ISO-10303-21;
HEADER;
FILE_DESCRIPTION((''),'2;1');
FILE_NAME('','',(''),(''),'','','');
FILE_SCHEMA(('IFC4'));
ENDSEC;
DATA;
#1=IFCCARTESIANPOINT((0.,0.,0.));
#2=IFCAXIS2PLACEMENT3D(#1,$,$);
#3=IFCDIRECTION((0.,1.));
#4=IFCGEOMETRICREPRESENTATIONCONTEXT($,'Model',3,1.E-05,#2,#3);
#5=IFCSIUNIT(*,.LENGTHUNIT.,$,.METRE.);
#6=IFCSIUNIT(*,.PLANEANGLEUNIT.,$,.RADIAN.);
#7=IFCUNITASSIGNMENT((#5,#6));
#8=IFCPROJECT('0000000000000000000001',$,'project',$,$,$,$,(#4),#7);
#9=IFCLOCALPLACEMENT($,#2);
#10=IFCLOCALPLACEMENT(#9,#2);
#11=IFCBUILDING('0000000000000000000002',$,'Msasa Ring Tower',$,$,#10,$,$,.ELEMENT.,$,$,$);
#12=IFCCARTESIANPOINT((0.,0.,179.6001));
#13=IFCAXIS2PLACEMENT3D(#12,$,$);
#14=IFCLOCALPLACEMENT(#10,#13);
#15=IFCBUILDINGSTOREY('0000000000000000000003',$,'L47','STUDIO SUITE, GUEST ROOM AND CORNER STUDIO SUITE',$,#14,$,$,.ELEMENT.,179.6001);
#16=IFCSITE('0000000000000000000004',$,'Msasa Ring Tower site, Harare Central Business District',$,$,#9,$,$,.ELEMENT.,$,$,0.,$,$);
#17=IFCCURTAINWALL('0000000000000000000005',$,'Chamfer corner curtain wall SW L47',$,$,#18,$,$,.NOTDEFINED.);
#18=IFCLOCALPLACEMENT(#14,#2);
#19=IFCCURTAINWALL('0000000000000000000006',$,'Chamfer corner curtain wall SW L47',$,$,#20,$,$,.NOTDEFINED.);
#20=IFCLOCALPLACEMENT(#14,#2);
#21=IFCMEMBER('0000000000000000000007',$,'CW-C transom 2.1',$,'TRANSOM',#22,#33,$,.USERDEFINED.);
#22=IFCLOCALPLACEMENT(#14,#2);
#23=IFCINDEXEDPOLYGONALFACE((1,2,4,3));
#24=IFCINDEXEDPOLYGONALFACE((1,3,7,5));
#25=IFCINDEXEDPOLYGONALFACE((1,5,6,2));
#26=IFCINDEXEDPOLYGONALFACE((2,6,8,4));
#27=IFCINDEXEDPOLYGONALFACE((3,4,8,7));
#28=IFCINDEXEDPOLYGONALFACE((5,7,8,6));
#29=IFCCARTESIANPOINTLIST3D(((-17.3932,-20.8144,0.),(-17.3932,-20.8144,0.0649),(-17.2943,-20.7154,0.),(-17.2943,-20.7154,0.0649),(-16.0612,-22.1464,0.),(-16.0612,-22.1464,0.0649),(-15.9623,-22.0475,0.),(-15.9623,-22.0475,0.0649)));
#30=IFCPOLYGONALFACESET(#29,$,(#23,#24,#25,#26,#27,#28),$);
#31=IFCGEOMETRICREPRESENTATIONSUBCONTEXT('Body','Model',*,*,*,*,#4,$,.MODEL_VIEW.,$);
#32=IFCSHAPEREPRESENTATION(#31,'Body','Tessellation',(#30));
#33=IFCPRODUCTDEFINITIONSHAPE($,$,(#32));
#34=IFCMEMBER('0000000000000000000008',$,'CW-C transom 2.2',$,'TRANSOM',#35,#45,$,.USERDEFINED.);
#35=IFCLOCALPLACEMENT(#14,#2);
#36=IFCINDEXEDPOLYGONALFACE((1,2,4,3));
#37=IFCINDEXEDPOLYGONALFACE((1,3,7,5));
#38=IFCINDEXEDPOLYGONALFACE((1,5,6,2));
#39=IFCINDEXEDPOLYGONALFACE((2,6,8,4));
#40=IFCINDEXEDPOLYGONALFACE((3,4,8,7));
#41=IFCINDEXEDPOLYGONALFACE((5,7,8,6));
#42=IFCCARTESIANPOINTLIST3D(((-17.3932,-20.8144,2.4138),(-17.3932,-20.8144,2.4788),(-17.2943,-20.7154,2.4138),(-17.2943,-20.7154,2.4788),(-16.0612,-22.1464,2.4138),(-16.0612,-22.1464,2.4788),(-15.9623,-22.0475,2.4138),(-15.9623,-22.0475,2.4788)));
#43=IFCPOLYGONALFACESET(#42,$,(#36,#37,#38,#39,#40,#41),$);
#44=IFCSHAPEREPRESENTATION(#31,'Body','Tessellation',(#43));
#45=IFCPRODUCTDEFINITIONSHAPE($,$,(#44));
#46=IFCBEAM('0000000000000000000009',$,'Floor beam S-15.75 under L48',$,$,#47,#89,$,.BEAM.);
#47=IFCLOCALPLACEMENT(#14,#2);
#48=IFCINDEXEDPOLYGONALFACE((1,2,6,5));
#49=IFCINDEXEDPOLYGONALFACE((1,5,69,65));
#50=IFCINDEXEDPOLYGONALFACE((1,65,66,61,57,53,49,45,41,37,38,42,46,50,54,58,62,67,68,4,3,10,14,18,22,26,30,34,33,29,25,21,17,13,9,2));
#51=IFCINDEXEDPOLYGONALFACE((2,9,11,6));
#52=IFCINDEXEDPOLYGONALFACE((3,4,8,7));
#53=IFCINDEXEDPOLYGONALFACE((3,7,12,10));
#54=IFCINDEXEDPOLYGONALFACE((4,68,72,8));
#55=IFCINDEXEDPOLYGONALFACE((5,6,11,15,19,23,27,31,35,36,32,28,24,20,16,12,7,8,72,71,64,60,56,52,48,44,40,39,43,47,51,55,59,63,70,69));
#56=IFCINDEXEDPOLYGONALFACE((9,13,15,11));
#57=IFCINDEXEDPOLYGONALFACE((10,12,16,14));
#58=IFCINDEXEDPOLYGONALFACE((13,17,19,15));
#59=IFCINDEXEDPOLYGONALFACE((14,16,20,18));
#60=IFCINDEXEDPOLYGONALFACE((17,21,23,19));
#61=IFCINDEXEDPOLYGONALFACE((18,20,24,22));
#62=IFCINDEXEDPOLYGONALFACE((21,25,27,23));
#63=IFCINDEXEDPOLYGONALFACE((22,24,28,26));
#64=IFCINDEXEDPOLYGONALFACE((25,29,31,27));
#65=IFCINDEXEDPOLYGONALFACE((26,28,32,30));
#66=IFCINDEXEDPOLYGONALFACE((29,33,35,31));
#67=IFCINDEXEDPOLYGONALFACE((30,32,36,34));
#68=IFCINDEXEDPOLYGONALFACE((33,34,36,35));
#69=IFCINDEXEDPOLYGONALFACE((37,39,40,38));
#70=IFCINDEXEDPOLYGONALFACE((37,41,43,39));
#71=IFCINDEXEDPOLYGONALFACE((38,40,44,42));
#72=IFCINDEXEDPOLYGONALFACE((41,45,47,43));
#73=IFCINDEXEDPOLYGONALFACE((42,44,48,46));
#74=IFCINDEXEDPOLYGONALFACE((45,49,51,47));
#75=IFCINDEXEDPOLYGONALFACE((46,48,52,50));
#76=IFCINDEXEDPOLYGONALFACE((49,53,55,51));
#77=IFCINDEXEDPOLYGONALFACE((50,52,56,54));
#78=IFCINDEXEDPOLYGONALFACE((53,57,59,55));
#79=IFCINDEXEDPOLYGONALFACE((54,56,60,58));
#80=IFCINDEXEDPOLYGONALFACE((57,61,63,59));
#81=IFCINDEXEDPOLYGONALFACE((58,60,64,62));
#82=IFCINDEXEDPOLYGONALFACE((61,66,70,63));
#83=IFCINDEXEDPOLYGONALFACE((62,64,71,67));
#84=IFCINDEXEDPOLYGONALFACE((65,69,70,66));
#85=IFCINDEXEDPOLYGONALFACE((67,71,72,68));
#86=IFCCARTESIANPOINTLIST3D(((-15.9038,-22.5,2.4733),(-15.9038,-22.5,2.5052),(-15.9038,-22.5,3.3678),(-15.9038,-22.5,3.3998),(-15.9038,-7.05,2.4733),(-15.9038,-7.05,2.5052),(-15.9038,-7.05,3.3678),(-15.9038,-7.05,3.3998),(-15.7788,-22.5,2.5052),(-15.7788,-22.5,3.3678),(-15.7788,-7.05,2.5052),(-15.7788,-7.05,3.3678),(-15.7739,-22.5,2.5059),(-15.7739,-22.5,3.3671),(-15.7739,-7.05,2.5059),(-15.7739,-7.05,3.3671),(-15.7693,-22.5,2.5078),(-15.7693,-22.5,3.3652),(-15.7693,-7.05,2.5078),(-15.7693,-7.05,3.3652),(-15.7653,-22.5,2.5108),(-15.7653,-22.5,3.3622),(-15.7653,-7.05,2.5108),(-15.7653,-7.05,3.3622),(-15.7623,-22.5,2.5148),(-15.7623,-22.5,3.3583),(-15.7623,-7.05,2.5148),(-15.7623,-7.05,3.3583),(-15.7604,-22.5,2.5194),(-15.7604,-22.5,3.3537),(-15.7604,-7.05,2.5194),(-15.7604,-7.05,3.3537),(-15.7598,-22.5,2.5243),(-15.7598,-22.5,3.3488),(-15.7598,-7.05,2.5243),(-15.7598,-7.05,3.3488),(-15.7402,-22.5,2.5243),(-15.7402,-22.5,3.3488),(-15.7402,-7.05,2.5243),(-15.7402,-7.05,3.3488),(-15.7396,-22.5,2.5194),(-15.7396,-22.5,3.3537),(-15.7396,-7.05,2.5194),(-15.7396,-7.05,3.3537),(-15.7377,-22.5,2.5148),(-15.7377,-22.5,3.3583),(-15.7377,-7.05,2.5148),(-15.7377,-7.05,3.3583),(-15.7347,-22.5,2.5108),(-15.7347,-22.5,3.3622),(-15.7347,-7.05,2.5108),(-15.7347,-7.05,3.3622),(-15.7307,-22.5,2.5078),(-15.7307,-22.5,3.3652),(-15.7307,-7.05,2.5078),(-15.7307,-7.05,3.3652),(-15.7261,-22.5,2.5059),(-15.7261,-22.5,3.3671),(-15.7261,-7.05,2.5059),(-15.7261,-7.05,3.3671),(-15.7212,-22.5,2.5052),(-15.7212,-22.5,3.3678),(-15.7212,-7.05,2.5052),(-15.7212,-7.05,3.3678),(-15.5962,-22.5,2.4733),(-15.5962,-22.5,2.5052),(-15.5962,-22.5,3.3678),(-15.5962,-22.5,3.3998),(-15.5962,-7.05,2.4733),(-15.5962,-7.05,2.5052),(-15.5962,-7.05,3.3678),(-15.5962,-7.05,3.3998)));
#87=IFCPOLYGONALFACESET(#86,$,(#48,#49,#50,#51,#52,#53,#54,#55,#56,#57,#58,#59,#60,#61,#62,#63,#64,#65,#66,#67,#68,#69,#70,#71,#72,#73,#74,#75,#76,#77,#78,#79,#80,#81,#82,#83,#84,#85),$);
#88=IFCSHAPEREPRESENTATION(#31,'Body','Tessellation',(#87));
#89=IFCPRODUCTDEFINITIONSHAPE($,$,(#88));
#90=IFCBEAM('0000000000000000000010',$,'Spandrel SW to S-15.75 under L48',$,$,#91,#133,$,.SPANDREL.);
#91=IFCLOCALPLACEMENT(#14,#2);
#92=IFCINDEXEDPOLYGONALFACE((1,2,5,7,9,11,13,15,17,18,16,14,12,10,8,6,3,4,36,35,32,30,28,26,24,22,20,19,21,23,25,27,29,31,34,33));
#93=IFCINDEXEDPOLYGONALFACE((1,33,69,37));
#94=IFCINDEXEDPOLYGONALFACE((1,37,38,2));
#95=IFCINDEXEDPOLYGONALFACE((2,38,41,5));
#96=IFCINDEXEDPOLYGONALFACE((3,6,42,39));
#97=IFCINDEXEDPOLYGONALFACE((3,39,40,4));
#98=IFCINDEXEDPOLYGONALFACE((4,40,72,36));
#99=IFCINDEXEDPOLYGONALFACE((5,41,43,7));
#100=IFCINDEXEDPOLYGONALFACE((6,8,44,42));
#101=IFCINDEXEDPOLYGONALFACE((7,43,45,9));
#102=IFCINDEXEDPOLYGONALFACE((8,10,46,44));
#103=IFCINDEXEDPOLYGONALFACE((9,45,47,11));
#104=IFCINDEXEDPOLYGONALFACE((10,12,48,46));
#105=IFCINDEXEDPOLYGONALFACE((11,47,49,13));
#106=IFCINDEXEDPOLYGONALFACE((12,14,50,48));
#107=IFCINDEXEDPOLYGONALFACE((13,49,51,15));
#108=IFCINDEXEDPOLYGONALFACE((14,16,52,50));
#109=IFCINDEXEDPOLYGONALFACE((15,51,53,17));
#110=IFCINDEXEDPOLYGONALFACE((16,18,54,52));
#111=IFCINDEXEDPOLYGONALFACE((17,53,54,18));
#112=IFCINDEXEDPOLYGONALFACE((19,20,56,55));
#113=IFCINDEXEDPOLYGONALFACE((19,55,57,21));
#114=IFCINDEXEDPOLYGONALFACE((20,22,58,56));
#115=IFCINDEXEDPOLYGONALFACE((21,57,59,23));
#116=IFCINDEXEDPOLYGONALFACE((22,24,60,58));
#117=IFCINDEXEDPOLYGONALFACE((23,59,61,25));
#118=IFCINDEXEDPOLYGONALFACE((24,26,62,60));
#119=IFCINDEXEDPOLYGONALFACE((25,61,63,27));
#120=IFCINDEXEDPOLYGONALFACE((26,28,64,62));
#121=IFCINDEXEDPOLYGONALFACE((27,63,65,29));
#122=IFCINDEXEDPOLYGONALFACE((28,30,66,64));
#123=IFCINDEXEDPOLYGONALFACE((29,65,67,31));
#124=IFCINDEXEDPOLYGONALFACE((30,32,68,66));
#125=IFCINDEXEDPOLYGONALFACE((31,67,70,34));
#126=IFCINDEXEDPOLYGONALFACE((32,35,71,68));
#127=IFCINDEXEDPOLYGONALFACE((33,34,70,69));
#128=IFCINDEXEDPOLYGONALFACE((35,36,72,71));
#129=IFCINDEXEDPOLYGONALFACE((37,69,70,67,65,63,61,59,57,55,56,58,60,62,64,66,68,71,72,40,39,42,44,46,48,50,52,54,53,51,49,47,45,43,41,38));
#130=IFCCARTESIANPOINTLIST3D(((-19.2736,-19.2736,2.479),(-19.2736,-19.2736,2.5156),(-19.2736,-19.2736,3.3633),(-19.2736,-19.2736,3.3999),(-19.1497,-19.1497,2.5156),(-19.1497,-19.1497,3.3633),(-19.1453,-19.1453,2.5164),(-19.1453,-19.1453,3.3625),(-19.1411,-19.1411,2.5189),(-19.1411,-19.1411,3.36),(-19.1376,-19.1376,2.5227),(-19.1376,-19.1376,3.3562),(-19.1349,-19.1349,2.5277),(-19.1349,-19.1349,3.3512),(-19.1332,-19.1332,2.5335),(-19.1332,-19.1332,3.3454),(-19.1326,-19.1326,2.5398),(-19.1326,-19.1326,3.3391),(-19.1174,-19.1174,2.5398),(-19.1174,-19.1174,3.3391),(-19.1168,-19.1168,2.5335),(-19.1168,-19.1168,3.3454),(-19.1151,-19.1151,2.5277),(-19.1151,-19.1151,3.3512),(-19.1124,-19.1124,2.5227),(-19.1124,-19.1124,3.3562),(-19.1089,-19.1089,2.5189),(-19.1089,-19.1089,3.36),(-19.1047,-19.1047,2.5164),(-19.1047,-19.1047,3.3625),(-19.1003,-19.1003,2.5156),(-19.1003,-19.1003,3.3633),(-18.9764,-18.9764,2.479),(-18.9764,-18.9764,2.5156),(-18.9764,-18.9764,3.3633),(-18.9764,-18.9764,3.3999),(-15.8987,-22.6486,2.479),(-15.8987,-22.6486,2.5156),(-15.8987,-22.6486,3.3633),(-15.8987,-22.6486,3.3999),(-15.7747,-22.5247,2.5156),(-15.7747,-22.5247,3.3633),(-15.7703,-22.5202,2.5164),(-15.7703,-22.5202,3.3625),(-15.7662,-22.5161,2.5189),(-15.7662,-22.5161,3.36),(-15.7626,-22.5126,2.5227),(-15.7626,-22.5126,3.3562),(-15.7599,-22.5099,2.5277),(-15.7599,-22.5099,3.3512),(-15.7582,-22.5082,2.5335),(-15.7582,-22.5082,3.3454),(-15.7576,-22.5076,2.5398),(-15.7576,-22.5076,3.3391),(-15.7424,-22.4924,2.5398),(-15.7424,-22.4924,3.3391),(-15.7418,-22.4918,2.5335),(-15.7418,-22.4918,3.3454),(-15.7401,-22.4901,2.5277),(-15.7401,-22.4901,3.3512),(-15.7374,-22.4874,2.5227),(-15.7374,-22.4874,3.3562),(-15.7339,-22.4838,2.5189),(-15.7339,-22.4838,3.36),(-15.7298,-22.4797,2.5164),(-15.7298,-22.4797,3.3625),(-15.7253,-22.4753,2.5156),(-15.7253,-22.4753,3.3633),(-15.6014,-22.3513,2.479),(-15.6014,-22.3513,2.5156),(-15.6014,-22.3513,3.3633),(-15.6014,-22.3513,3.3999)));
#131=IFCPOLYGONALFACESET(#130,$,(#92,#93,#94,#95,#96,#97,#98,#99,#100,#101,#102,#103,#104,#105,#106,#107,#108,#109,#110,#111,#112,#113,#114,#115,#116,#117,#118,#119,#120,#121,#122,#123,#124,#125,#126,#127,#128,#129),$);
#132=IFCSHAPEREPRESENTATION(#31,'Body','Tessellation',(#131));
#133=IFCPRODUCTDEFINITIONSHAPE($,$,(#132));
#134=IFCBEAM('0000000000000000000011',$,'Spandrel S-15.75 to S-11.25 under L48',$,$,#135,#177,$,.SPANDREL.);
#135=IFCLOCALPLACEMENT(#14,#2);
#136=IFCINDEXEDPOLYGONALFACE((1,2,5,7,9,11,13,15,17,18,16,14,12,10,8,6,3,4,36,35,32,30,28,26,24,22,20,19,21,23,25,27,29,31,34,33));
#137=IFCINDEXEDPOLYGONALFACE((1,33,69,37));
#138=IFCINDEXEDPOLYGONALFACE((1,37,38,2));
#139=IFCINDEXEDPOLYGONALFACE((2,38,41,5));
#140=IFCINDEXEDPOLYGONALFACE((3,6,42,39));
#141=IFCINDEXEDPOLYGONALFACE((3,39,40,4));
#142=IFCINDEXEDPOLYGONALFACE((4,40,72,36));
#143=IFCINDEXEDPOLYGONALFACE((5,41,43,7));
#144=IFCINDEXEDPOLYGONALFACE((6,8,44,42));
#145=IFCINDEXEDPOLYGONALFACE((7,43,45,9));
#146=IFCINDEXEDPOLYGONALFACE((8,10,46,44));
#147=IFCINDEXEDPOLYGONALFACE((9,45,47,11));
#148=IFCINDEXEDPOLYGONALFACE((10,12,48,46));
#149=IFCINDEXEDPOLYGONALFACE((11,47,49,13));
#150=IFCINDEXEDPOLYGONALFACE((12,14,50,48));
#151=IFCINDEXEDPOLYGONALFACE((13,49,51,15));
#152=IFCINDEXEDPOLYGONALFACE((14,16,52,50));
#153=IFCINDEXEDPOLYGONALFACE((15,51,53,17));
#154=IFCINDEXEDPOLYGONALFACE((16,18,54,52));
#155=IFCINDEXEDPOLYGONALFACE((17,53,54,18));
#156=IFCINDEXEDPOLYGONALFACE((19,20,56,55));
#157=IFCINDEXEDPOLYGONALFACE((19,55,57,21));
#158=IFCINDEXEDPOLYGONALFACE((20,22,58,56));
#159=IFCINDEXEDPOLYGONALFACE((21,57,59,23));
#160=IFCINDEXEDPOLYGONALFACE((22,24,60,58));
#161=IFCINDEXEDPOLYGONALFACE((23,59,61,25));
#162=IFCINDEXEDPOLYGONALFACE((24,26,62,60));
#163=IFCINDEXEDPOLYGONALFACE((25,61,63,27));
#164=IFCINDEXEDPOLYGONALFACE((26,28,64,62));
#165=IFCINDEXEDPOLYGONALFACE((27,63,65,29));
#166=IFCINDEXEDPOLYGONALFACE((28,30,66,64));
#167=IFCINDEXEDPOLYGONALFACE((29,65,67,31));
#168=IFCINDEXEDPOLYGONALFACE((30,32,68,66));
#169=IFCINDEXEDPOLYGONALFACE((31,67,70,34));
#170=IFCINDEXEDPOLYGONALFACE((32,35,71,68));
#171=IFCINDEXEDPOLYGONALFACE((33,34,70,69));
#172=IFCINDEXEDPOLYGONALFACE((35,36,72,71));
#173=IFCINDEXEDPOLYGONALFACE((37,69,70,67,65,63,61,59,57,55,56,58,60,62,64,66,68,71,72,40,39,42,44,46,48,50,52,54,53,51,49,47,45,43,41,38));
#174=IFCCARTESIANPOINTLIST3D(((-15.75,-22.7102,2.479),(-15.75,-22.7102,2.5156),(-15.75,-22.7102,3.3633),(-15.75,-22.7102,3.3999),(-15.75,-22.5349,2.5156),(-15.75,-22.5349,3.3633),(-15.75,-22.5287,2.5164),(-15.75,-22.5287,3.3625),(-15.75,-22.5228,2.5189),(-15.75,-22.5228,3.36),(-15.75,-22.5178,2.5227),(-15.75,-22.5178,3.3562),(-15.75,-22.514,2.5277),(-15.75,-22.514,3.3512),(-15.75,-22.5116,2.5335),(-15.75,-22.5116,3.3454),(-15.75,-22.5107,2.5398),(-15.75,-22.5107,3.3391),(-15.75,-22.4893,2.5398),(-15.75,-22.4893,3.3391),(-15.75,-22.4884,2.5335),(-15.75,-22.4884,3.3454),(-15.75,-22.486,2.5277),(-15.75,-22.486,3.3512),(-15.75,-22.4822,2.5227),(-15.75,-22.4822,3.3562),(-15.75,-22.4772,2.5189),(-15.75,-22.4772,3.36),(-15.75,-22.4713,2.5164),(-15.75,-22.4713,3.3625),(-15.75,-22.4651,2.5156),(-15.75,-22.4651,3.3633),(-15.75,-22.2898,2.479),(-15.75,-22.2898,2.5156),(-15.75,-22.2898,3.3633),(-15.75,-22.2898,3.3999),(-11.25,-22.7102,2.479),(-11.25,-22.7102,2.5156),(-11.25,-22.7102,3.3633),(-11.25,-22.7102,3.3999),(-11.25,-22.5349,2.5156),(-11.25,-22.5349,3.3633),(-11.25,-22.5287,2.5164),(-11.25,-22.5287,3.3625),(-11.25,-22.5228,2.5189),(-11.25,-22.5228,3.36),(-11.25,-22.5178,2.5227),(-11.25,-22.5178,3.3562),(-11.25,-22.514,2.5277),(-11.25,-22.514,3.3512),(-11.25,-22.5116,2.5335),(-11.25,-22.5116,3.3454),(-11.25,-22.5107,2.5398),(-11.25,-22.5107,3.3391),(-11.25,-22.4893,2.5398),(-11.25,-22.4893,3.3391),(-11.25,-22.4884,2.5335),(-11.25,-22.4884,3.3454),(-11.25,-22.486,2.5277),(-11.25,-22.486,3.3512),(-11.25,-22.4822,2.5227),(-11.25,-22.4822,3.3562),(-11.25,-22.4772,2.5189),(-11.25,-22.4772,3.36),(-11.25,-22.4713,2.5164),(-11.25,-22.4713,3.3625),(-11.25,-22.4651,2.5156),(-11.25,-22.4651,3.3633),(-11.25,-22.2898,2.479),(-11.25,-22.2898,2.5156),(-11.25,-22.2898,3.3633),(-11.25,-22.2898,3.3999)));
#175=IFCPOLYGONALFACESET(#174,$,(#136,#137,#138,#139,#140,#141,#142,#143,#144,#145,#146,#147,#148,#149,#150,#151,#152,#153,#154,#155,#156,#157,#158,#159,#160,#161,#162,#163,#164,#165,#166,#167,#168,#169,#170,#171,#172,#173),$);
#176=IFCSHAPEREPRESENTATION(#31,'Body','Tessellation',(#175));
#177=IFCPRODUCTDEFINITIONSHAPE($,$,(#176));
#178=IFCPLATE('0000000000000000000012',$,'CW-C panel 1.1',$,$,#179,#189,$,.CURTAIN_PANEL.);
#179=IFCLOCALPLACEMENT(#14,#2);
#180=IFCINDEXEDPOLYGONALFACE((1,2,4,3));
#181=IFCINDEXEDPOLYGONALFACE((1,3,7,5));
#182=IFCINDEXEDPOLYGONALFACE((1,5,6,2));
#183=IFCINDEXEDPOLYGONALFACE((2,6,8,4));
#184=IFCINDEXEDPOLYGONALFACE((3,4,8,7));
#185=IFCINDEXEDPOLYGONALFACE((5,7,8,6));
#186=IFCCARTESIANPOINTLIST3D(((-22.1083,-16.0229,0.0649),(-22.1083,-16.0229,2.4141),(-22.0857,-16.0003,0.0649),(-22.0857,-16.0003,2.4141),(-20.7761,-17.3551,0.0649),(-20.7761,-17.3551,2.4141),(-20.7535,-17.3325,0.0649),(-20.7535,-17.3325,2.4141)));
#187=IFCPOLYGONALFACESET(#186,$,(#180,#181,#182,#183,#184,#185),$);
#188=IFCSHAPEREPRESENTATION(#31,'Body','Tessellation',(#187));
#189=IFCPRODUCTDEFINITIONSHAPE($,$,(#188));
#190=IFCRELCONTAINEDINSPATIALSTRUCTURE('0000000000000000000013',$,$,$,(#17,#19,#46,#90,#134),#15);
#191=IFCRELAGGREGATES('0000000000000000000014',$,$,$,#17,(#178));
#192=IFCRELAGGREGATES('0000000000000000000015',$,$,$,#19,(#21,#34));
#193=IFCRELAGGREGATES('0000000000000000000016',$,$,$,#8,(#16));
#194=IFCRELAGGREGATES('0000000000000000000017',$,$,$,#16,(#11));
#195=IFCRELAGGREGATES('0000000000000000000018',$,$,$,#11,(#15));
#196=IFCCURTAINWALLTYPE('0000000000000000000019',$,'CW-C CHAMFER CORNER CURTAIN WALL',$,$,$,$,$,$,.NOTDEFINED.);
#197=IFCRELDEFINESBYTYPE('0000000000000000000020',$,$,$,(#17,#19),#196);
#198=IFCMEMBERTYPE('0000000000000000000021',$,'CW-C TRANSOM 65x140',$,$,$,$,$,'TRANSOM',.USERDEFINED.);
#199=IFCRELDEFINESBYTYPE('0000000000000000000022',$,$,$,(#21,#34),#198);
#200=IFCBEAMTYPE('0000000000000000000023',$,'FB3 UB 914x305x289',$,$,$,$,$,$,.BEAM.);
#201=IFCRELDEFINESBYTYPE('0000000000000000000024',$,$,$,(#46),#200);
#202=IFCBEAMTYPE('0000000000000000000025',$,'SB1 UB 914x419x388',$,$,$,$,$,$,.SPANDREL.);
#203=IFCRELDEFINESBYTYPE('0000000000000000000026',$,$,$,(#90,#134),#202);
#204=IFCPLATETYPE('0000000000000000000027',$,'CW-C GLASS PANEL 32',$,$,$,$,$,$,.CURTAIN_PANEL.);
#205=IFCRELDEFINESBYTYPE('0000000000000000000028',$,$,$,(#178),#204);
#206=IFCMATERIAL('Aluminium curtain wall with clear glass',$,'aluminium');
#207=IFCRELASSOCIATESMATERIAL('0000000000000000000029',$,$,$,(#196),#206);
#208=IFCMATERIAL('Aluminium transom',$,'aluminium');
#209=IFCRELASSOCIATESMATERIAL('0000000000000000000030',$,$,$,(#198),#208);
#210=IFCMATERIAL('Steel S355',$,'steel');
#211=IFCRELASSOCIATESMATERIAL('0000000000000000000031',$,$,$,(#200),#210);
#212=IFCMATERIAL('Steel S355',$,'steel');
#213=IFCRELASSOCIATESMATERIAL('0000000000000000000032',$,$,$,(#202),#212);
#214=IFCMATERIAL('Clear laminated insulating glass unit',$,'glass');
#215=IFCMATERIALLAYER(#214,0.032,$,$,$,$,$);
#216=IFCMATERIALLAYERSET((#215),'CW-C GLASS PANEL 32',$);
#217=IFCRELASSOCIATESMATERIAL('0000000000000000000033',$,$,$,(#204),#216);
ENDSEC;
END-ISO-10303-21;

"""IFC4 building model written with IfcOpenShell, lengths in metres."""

from ifc_helpers import new_model, si_unit, direction, frame, origin, origin_2d, place, context, subcontext, project, spatial, rectangle, i_section, extrude, material, layer, layer_set, material_profile, profile_set, type_object, element, aggregate, save


model = new_model("IFC4")

# Units and contexts
model_context = context("Model", 3, precision=1e-05, world=origin(), true_north=direction((0.0, 1.0)))
body_context = subcontext(model_context, "Body", "Model", "MODEL_VIEW")
ifc_project = project(units=[si_unit("LENGTHUNIT", "METRE"), si_unit("PLANEANGLEUNIT", "RADIAN")], contexts=[model_context])

# Site, building, storey
site_placement = place(None, origin())
site = spatial("IfcSite", under=ifc_project, at=site_placement, Name="Msasa Ring Tower site, Harare Central Business District", CompositionType="ELEMENT", RefElevation=0.0)
building_placement = place(site_placement, origin())
building = spatial("IfcBuilding", under=site, at=building_placement, Name="Msasa Ring Tower", CompositionType="ELEMENT")
storey_placement = place(building_placement, frame((0.0, 0.0, 179.6001)))
storey = spatial("IfcBuildingStorey", under=building, at=storey_placement, Name="L47", Description="STUDIO SUITE, GUEST ROOM AND CORNER STUDIO SUITE", CompositionType="ELEMENT", Elevation=179.6001)

# Curtain walls
ifc_material_1 = material(Name="Aluminium curtain wall with clear glass", Category="aluminium")
curtain_wall_type = type_object("IfcCurtainWallType", Name="CW-C CHAMFER CORNER CURTAIN WALL", PredefinedType="NOTDEFINED", material=ifc_material_1)
curtain_wall_1_placement = place(storey_placement, origin())
curtain_wall_1 = element("IfcCurtainWall", 1, at=curtain_wall_1_placement, inside=storey, type_object=curtain_wall_type, Name="Chamfer corner curtain wall SW L47", PredefinedType="NOTDEFINED")
curtain_wall_2_placement = place(storey_placement, origin())
curtain_wall_2 = element("IfcCurtainWall", 2, at=curtain_wall_2_placement, inside=storey, type_object=curtain_wall_type, Name="Chamfer corner curtain wall SW L47", PredefinedType="NOTDEFINED")

# Members
ifc_material_2 = material(Name="Aluminium transom", Category="aluminium")
ifc_material_profile_1 = material_profile(ifc_material_2, rectangle(XDim=0.1399, YDim=0.0649, at=origin_2d()), Name="AL 65x140")
ifc_profile_set_1 = profile_set([ifc_material_profile_1], Name="Aluminium transom")
member_type_1 = type_object("IfcMemberType", Name="CW-C TRANSOM 65x140", ElementType="TRANSOM", PredefinedType="USERDEFINED", material=ifc_profile_set_1)
member_1_placement = place(storey_placement, frame((-17.3438, -20.7649, 0.0325), z_axis=(0.707107, -0.707107, 0.0), x_axis=(0.707107, 0.707107, 0.0)))
member_1 = element("IfcMember", 3, at=member_1_placement, type_object=member_type_1, Name="CW-C transom 2.1", ObjectType="TRANSOM", PredefinedType="USERDEFINED", context=body_context, shape_type="SweptSolid", body=[
    extrude(rectangle(XDim=0.1399, YDim=0.0649, at=origin_2d()), origin(), (0.0, 0.0, 1.0), 1.8838),
])
member_2_placement = place(storey_placement, frame((-17.3438, -20.7649, 2.4463), z_axis=(0.707107, -0.707107, 0.0), x_axis=(0.707107, 0.707107, 0.0)))
member_2 = element("IfcMember", 4, at=member_2_placement, type_object=member_type_1, Name="CW-C transom 2.2", ObjectType="TRANSOM", PredefinedType="USERDEFINED", context=body_context, shape_type="SweptSolid", body=[
    extrude(rectangle(XDim=0.1399, YDim=0.0649, at=origin_2d()), origin(), (0.0, 0.0, 1.0), 1.8838),
])

# Beams
ifc_material_3 = material(Name="Steel S355", Category="steel")
ifc_material_profile_2 = material_profile(ifc_material_3, i_section(OverallWidth=0.3076, OverallDepth=0.9265, WebThickness=0.0195, FlangeThickness=0.032, FilletRadius=0.019, at=origin_2d()), Name="UB 914x305x289")
ifc_profile_set_2 = profile_set([ifc_material_profile_2], Name="Steel S355")
beam_type_1 = type_object("IfcBeamType", Name="FB3 UB 914x305x289", PredefinedType="BEAM", material=ifc_profile_set_2)
beam_1_placement = place(storey_placement, frame((-15.75, -22.5, 2.9365), z_axis=(0.0, 1.0, 0.0), x_axis=(-1.0, 0.0, 0.0)))
element("IfcBeam", 5, at=beam_1_placement, inside=storey, type_object=beam_type_1, Name="Floor beam S-15.75 under L48", PredefinedType="BEAM", context=body_context, shape_type="SweptSolid", body=[
    extrude(i_section(OverallWidth=0.3076, OverallDepth=0.9265, WebThickness=0.0195, FlangeThickness=0.032, FilletRadius=0.019, at=origin_2d()), origin(), (0.0, 0.0, 1.0), 15.45),
])
ifc_material_4 = material(Name="Steel S355", Category="steel")
ifc_material_profile_3 = material_profile(ifc_material_4, i_section(OverallWidth=0.4204, OverallDepth=0.9209, WebThickness=0.0215, FlangeThickness=0.0366, FilletRadius=0.0242, at=origin_2d()), Name="UB 914x419x388")
ifc_profile_set_3 = profile_set([ifc_material_profile_3], Name="Steel S355")
beam_type_2 = type_object("IfcBeamType", Name="SB1 UB 914x419x388", PredefinedType="SPANDREL", material=ifc_profile_set_3)
beam_2_placement = place(storey_placement, frame((-19.125, -19.125, 2.9395), z_axis=(0.707107, -0.707107, 0.0), x_axis=(0.707107, 0.707107, 0.0)))
element("IfcBeam", 6, at=beam_2_placement, inside=storey, type_object=beam_type_2, Name="Spandrel SW to S-15.75 under L48", PredefinedType="SPANDREL", context=body_context, shape_type="SweptSolid", body=[
    extrude(i_section(OverallWidth=0.4204, OverallDepth=0.9209, WebThickness=0.0215, FlangeThickness=0.0366, FilletRadius=0.0242, at=origin_2d()), origin(), (0.0, 0.0, 1.0), 4.7729),
])
beam_3_placement = place(storey_placement, frame((-15.75, -22.5, 2.9395), z_axis=(1.0, 0.0, 0.0), x_axis=(0.0, 1.0, 0.0)))
element("IfcBeam", 7, at=beam_3_placement, inside=storey, type_object=beam_type_2, Name="Spandrel S-15.75 to S-11.25 under L48", PredefinedType="SPANDREL", context=body_context, shape_type="SweptSolid", body=[
    extrude(i_section(OverallWidth=0.4204, OverallDepth=0.9209, WebThickness=0.0215, FlangeThickness=0.0366, FilletRadius=0.0242, at=origin_2d()), origin(), (0.0, 0.0, 1.0), 4.5),
])

# Plate
ifc_material_5 = material(Name="Clear laminated insulating glass unit", Category="glass")
ifc_layer_1 = layer(ifc_material_5, 0.032)
ifc_layer_set_1 = layer_set([ifc_layer_1], Name="CW-C GLASS PANEL 32")
plate_type = type_object("IfcPlateType", Name="CW-C GLASS PANEL 32", PredefinedType="CURTAIN_PANEL", material=ifc_layer_set_1)
plate_1_placement = place(storey_placement, frame((-21.4309, -16.6777, 0.0649), z_axis=(0.0, 0.0, 1.0), x_axis=(0.707107, -0.707107, 0.0)))
plate_1 = element("IfcPlate", 8, at=plate_1_placement, type_object=plate_type, Name="CW-C panel 1.1", PredefinedType="CURTAIN_PANEL", context=body_context, shape_type="SweptSolid", body=[
    extrude(rectangle(XDim=1.884, YDim=0.032, at=origin_2d()), origin(), (0.0, 0.0, 1.0), 2.3491),
])
aggregate(curtain_wall_1, [plate_1])
aggregate(curtain_wall_2, [member_1, member_2])

save(model, "model.ifc")
